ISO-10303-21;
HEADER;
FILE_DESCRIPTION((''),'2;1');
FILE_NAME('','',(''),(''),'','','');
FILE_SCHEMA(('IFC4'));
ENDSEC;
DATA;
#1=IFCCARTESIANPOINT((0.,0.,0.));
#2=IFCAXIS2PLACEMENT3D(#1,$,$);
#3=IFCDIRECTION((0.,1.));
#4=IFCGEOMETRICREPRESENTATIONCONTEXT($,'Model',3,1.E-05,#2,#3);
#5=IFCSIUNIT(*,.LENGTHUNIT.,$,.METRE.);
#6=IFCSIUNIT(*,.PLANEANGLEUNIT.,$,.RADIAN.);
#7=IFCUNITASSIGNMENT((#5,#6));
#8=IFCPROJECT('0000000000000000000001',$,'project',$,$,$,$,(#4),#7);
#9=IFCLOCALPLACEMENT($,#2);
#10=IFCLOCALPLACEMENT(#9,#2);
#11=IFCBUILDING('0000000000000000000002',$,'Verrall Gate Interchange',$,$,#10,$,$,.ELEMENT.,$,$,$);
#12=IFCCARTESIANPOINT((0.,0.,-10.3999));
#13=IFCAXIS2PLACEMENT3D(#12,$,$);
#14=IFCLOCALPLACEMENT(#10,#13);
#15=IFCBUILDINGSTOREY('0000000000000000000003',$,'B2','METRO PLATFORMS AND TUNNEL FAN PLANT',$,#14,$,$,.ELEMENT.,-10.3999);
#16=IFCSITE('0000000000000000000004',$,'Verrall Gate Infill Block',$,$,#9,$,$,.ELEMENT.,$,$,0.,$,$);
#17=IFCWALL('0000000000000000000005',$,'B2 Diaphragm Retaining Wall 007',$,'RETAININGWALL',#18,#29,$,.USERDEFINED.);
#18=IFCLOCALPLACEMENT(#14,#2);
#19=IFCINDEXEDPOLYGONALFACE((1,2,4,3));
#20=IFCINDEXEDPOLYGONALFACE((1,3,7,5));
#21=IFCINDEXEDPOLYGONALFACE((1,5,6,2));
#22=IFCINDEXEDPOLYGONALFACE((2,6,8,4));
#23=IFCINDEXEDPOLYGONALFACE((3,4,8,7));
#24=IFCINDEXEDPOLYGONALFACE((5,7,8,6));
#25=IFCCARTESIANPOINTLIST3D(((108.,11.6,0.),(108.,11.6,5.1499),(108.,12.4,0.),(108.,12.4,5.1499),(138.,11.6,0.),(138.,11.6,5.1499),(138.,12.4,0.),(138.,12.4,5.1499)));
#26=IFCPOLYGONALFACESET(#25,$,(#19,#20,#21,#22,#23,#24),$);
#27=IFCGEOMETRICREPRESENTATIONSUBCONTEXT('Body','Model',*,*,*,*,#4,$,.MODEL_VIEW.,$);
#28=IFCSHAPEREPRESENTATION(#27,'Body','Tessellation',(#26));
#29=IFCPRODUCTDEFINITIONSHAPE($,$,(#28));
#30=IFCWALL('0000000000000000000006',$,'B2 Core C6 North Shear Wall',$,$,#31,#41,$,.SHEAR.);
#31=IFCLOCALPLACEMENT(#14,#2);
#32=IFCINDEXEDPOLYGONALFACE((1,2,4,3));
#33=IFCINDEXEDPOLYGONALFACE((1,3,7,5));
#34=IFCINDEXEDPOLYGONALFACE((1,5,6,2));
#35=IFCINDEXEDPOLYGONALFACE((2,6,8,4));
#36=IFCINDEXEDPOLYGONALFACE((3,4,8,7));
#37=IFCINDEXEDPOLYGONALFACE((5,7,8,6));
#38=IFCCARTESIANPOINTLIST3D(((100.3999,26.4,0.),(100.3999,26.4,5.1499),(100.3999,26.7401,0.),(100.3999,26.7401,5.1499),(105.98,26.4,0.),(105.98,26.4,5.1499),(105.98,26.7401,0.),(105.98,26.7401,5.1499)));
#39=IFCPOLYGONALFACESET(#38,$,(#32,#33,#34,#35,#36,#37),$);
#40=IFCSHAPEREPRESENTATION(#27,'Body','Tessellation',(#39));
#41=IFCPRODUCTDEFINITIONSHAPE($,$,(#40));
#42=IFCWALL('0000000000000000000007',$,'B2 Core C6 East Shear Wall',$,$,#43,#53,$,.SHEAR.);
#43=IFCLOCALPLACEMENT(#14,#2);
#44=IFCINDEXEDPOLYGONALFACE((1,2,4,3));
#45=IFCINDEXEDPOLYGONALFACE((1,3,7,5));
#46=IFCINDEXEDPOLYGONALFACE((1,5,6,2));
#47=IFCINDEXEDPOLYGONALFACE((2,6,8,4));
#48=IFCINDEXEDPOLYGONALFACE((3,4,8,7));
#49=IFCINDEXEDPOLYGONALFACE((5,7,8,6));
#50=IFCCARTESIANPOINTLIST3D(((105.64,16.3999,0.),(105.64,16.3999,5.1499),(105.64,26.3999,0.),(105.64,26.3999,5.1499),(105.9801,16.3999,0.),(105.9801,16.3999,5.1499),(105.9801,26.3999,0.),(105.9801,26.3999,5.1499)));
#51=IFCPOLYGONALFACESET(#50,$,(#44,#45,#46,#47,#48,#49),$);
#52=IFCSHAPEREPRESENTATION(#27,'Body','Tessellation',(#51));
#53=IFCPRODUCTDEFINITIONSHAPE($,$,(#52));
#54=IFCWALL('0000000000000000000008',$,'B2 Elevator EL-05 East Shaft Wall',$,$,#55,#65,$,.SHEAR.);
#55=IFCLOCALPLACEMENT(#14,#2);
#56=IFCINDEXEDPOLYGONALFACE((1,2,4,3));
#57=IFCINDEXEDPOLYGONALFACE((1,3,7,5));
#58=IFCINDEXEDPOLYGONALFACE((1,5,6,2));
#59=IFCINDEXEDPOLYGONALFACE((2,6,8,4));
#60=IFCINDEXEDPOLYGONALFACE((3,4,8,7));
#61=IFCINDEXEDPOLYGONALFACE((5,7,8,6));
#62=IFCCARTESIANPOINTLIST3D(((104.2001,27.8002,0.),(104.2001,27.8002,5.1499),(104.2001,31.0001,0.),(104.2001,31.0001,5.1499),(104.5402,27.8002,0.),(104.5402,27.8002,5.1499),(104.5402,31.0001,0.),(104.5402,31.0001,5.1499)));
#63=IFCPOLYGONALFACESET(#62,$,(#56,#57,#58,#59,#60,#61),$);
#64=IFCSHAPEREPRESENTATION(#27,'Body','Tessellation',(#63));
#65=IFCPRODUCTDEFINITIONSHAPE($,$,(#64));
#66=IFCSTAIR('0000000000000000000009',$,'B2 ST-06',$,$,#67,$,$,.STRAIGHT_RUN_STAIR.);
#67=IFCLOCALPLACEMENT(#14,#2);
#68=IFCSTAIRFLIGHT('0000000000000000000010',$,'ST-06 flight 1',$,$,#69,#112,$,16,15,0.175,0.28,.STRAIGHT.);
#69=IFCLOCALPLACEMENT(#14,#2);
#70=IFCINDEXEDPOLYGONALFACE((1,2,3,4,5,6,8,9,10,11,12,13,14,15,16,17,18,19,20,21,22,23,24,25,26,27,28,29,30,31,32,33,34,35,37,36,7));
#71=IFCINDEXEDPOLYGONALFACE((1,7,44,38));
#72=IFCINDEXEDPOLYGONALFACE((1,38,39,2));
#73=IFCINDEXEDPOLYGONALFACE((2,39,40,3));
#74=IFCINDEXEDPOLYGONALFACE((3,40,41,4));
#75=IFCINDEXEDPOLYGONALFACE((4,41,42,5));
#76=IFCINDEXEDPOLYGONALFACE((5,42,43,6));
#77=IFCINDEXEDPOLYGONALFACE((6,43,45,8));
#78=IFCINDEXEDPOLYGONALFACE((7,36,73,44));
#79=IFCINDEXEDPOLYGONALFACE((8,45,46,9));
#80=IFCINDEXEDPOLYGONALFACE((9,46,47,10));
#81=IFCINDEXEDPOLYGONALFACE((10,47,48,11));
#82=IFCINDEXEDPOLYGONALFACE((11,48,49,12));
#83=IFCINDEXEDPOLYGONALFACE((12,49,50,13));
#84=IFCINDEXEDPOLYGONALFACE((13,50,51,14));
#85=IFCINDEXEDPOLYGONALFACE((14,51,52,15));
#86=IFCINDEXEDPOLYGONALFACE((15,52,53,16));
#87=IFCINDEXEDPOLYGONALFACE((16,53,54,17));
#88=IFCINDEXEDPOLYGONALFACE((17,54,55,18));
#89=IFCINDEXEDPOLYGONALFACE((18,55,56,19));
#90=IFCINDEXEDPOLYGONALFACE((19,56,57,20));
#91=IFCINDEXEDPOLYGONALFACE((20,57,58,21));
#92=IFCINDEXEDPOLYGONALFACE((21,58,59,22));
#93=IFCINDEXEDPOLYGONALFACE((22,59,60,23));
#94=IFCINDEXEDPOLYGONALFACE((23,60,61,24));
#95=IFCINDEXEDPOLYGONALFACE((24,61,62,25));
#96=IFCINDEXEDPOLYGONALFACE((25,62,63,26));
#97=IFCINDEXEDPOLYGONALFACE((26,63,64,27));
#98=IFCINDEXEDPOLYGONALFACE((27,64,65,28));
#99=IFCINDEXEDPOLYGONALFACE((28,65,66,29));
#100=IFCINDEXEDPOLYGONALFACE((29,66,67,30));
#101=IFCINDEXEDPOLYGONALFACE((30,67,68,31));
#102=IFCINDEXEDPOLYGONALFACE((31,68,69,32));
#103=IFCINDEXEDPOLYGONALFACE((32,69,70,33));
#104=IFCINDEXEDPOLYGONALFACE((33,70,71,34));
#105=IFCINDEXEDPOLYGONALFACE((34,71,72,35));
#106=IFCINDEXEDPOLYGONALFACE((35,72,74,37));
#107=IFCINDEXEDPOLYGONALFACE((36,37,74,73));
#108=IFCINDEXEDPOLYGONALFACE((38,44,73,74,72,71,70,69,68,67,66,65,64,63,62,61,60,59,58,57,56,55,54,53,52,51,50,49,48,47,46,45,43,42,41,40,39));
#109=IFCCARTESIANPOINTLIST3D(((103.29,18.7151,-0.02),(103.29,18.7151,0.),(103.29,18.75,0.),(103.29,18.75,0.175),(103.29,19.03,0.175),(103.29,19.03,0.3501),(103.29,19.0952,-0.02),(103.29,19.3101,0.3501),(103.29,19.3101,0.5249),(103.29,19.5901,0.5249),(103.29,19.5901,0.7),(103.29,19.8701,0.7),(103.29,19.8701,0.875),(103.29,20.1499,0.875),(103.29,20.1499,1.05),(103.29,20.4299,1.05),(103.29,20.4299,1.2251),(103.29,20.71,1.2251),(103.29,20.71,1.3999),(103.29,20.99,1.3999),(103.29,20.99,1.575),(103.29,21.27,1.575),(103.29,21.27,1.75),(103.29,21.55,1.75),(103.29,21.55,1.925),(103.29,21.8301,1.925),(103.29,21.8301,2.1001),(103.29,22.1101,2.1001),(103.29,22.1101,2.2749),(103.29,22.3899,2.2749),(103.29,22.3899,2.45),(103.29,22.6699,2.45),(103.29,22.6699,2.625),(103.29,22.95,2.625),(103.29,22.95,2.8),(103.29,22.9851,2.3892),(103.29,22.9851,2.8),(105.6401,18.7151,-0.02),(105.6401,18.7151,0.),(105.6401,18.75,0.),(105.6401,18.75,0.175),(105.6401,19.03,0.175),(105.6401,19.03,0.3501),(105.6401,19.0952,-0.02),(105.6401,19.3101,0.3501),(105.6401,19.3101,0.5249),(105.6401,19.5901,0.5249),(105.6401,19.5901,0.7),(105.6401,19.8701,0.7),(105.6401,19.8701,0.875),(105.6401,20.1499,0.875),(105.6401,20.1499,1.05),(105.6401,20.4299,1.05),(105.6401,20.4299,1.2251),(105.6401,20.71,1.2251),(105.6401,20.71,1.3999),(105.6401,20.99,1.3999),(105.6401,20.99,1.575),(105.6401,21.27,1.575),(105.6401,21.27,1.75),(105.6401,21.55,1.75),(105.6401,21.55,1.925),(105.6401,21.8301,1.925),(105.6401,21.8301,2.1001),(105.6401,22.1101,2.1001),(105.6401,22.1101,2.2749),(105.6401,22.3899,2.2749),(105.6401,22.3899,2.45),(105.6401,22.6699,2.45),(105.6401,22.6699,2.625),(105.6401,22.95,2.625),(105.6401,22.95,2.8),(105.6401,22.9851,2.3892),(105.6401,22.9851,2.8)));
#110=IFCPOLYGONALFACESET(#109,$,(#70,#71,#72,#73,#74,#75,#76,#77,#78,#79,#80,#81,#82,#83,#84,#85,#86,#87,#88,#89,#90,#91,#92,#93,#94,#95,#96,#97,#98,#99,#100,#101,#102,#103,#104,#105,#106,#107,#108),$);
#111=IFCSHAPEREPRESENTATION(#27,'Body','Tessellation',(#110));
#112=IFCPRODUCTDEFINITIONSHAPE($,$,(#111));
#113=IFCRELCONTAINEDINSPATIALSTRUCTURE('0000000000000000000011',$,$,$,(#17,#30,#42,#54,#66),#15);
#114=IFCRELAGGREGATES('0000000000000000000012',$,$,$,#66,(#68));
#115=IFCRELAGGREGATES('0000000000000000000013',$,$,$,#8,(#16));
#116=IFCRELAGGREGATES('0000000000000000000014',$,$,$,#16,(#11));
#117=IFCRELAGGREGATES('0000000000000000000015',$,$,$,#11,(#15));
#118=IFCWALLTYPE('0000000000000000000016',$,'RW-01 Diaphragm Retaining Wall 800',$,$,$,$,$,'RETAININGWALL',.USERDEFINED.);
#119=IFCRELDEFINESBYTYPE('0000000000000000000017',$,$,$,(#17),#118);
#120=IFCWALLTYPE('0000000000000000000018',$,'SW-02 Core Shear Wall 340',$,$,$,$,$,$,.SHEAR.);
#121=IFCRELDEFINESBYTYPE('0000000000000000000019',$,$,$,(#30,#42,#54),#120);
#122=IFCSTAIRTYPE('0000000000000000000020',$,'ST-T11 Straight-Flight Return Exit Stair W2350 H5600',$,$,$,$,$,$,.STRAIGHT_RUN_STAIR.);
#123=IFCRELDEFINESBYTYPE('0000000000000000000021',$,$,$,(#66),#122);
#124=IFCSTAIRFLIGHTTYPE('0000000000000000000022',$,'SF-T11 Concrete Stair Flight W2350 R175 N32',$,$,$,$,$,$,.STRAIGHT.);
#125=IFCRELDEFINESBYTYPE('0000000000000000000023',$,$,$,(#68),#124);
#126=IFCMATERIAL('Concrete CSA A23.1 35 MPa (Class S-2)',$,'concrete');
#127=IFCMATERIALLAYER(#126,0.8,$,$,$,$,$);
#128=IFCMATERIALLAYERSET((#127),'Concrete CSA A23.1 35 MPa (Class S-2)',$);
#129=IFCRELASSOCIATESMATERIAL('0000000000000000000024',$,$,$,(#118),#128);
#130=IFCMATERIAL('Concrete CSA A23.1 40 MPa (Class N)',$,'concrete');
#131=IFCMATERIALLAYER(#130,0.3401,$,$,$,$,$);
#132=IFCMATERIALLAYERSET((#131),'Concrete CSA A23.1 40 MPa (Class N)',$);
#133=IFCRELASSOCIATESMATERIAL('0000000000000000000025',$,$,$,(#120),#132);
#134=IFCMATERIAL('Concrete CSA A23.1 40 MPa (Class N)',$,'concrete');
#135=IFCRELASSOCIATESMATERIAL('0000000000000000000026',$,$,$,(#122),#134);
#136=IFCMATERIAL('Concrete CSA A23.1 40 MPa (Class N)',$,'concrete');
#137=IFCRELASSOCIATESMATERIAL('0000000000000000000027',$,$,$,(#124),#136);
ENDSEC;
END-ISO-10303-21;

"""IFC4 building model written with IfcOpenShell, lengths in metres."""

from ifc_helpers import new_model, si_unit, direction, frame, frame_2d, origin, place, context, subcontext, project, spatial, polyline, rectangle, outline, extrude, material, layer, layer_set, type_object, element, aggregate, save


model = new_model("IFC4")

# Units and contexts
model_context = context("Model", 3, precision=1e-05, world=origin(), true_north=direction((0.0, 1.0)))
body_context = subcontext(model_context, "Body", "Model", "MODEL_VIEW")
ifc_project = project(units=[si_unit("LENGTHUNIT", "METRE"), si_unit("PLANEANGLEUNIT", "RADIAN")], contexts=[model_context])

# Site, building, storey
site_placement = place(None, origin())
site = spatial("IfcSite", under=ifc_project, at=site_placement, Name="Verrall Gate Infill Block", CompositionType="ELEMENT", RefElevation=0.0)
building_placement = place(site_placement, origin())
building = spatial("IfcBuilding", under=site, at=building_placement, Name="Verrall Gate Interchange", CompositionType="ELEMENT")
storey_placement = place(building_placement, frame((0.0, 0.0, -10.3999)))
storey = spatial("IfcBuildingStorey", under=building, at=storey_placement, Name="B2", Description="METRO PLATFORMS AND TUNNEL FAN PLANT", CompositionType="ELEMENT", Elevation=-10.3999)

# Walls
ifc_material_1 = material(Name="Concrete CSA A23.1 35 MPa (Class S-2)", Category="concrete")
ifc_layer_1 = layer(ifc_material_1, 0.8)
ifc_layer_set_1 = layer_set([ifc_layer_1], Name="Concrete CSA A23.1 35 MPa (Class S-2)")
wall_type_1 = type_object("IfcWallType", Name="RW-01 Diaphragm Retaining Wall 800", ElementType="RETAININGWALL", PredefinedType="USERDEFINED", material=ifc_layer_set_1)
wall_1_placement = place(storey_placement, frame((108.0, 12.0, 0.0), z_axis=(0.0, 0.0, 1.0), x_axis=(1.0, 0.0, 0.0)))
element("IfcWall", 1, at=wall_1_placement, inside=storey, type_object=wall_type_1, Name="B2 Diaphragm Retaining Wall 007", ObjectType="RETAININGWALL", PredefinedType="USERDEFINED", context=body_context, shape_type="SweptSolid", body=[
    extrude(rectangle(XDim=30.0, YDim=0.8, at=frame_2d((15.0, 0.0))), origin(), (0.0, 0.0, 1.0), 5.1499),
])
ifc_material_2 = material(Name="Concrete CSA A23.1 40 MPa (Class N)", Category="concrete")
ifc_layer_2 = layer(ifc_material_2, 0.3401)
ifc_layer_set_2 = layer_set([ifc_layer_2], Name="Concrete CSA A23.1 40 MPa (Class N)")
wall_type_2 = type_object("IfcWallType", Name="SW-02 Core Shear Wall 340", PredefinedType="SHEAR", material=ifc_layer_set_2)
wall_2_placement = place(storey_placement, frame((105.98, 26.5701, 0.0), z_axis=(0.0, 0.0, 1.0), x_axis=(-1.0, 0.0, 0.0)))
element("IfcWall", 2, at=wall_2_placement, inside=storey, type_object=wall_type_2, Name="B2 Core C6 North Shear Wall", PredefinedType="SHEAR", context=body_context, shape_type="SweptSolid", body=[
    extrude(rectangle(XDim=5.5801, YDim=0.3401, at=frame_2d((2.79, 0.0))), origin(), (0.0, 0.0, 1.0), 5.1499),
])
wall_3_placement = place(storey_placement, frame((105.8101, 16.3999, 0.0), z_axis=(0.0, 0.0, 1.0), x_axis=(0.0, 1.0, 0.0)))
element("IfcWall", 3, at=wall_3_placement, inside=storey, type_object=wall_type_2, Name="B2 Core C6 East Shear Wall", PredefinedType="SHEAR", context=body_context, shape_type="SweptSolid", body=[
    extrude(rectangle(XDim=10.0, YDim=0.3401, at=frame_2d((5.0, 0.0))), origin(), (0.0, 0.0, 1.0), 5.1499),
])
wall_4_placement = place(storey_placement, frame((104.3701, 27.8, 0.0), z_axis=(0.0, 0.0, 1.0), x_axis=(0.0, 1.0, 0.0)))
element("IfcWall", 4, at=wall_4_placement, inside=storey, type_object=wall_type_2, Name="B2 Elevator EL-05 East Shaft Wall", PredefinedType="SHEAR", context=body_context, shape_type="SweptSolid", body=[
    extrude(rectangle(XDim=3.2, YDim=0.3401, at=frame_2d((1.6001, 0.0))), origin(), (0.0, 0.0, 1.0), 5.1499),
])

# Stair, stair flight
ifc_material_3 = material(Name="Concrete CSA A23.1 40 MPa (Class N)", Category="concrete")
stair_type = type_object("IfcStairType", Name="ST-T11 Straight-Flight Return Exit Stair W2350 H5600", PredefinedType="STRAIGHT_RUN_STAIR", material=ifc_material_3)
stair_placement = place(storey_placement, origin())
stair = element("IfcStair", 5, at=stair_placement, inside=storey, type_object=stair_type, Name="B2 ST-06", PredefinedType="STRAIGHT_RUN_STAIR")
ifc_material_4 = material(Name="Concrete CSA A23.1 40 MPa (Class N)", Category="concrete")
stair_flight_type = type_object("IfcStairFlightType", Name="SF-T11 Concrete Stair Flight W2350 R175 N32", PredefinedType="STRAIGHT", material=ifc_material_4)
stair_flight_placement = place(storey_placement, frame((104.4651, 18.75, 0.0), z_axis=(0.0, 0.0, 1.0), x_axis=(0.0, 1.0, 0.0)))
stair_flight = element("IfcStairFlight", 6, at=stair_flight_placement, type_object=stair_flight_type, Name="ST-06 flight 1", NumberOfRisers=16, NumberOfTreads=15, PredefinedType="STRAIGHT", RiserHeight=0.175, TreadLength=0.28, context=body_context, shape_type="SweptSolid", body=[
    extrude(outline(polyline([(-0.0349, -0.02), (-0.0349, 0.0), (0.0, 0.0), (0.0, 0.175), (0.28, 0.175), (0.28, 0.3501), (0.5601, 0.3501), (0.5601, 0.5249), (0.8401, 0.5249), (0.8401, 0.7), (1.1201, 0.7), (1.1201, 0.875), (1.3999, 0.875), (1.3999, 1.05), (1.6799, 1.05), (1.6799, 1.2251), (1.96, 1.2251), (1.96, 1.3999), (2.24, 1.3999), (2.24, 1.575), (2.52, 1.575), (2.52, 1.75), (2.8, 1.75), (2.8, 1.925), (3.0801, 1.925), (3.0801, 2.1001), (3.3601, 2.1001), (3.3601, 2.2749), (3.6399, 2.2749), (3.6399, 2.45), (3.9199, 2.45), (3.9199, 2.625), (4.2, 2.625), (4.2, 2.8), (4.2351, 2.8), (4.2351, 2.3892), (0.3452, -0.02), (-0.0349, -0.02)])), frame((0.0, 1.175, 0.0), z_axis=(0.0, -1.0, 0.0), x_axis=(1.0, 0.0, 0.0)), (0.0, 0.0, 1.0), 2.3501),
])
aggregate(stair, [stair_flight])

save(model, "model.ifc")
